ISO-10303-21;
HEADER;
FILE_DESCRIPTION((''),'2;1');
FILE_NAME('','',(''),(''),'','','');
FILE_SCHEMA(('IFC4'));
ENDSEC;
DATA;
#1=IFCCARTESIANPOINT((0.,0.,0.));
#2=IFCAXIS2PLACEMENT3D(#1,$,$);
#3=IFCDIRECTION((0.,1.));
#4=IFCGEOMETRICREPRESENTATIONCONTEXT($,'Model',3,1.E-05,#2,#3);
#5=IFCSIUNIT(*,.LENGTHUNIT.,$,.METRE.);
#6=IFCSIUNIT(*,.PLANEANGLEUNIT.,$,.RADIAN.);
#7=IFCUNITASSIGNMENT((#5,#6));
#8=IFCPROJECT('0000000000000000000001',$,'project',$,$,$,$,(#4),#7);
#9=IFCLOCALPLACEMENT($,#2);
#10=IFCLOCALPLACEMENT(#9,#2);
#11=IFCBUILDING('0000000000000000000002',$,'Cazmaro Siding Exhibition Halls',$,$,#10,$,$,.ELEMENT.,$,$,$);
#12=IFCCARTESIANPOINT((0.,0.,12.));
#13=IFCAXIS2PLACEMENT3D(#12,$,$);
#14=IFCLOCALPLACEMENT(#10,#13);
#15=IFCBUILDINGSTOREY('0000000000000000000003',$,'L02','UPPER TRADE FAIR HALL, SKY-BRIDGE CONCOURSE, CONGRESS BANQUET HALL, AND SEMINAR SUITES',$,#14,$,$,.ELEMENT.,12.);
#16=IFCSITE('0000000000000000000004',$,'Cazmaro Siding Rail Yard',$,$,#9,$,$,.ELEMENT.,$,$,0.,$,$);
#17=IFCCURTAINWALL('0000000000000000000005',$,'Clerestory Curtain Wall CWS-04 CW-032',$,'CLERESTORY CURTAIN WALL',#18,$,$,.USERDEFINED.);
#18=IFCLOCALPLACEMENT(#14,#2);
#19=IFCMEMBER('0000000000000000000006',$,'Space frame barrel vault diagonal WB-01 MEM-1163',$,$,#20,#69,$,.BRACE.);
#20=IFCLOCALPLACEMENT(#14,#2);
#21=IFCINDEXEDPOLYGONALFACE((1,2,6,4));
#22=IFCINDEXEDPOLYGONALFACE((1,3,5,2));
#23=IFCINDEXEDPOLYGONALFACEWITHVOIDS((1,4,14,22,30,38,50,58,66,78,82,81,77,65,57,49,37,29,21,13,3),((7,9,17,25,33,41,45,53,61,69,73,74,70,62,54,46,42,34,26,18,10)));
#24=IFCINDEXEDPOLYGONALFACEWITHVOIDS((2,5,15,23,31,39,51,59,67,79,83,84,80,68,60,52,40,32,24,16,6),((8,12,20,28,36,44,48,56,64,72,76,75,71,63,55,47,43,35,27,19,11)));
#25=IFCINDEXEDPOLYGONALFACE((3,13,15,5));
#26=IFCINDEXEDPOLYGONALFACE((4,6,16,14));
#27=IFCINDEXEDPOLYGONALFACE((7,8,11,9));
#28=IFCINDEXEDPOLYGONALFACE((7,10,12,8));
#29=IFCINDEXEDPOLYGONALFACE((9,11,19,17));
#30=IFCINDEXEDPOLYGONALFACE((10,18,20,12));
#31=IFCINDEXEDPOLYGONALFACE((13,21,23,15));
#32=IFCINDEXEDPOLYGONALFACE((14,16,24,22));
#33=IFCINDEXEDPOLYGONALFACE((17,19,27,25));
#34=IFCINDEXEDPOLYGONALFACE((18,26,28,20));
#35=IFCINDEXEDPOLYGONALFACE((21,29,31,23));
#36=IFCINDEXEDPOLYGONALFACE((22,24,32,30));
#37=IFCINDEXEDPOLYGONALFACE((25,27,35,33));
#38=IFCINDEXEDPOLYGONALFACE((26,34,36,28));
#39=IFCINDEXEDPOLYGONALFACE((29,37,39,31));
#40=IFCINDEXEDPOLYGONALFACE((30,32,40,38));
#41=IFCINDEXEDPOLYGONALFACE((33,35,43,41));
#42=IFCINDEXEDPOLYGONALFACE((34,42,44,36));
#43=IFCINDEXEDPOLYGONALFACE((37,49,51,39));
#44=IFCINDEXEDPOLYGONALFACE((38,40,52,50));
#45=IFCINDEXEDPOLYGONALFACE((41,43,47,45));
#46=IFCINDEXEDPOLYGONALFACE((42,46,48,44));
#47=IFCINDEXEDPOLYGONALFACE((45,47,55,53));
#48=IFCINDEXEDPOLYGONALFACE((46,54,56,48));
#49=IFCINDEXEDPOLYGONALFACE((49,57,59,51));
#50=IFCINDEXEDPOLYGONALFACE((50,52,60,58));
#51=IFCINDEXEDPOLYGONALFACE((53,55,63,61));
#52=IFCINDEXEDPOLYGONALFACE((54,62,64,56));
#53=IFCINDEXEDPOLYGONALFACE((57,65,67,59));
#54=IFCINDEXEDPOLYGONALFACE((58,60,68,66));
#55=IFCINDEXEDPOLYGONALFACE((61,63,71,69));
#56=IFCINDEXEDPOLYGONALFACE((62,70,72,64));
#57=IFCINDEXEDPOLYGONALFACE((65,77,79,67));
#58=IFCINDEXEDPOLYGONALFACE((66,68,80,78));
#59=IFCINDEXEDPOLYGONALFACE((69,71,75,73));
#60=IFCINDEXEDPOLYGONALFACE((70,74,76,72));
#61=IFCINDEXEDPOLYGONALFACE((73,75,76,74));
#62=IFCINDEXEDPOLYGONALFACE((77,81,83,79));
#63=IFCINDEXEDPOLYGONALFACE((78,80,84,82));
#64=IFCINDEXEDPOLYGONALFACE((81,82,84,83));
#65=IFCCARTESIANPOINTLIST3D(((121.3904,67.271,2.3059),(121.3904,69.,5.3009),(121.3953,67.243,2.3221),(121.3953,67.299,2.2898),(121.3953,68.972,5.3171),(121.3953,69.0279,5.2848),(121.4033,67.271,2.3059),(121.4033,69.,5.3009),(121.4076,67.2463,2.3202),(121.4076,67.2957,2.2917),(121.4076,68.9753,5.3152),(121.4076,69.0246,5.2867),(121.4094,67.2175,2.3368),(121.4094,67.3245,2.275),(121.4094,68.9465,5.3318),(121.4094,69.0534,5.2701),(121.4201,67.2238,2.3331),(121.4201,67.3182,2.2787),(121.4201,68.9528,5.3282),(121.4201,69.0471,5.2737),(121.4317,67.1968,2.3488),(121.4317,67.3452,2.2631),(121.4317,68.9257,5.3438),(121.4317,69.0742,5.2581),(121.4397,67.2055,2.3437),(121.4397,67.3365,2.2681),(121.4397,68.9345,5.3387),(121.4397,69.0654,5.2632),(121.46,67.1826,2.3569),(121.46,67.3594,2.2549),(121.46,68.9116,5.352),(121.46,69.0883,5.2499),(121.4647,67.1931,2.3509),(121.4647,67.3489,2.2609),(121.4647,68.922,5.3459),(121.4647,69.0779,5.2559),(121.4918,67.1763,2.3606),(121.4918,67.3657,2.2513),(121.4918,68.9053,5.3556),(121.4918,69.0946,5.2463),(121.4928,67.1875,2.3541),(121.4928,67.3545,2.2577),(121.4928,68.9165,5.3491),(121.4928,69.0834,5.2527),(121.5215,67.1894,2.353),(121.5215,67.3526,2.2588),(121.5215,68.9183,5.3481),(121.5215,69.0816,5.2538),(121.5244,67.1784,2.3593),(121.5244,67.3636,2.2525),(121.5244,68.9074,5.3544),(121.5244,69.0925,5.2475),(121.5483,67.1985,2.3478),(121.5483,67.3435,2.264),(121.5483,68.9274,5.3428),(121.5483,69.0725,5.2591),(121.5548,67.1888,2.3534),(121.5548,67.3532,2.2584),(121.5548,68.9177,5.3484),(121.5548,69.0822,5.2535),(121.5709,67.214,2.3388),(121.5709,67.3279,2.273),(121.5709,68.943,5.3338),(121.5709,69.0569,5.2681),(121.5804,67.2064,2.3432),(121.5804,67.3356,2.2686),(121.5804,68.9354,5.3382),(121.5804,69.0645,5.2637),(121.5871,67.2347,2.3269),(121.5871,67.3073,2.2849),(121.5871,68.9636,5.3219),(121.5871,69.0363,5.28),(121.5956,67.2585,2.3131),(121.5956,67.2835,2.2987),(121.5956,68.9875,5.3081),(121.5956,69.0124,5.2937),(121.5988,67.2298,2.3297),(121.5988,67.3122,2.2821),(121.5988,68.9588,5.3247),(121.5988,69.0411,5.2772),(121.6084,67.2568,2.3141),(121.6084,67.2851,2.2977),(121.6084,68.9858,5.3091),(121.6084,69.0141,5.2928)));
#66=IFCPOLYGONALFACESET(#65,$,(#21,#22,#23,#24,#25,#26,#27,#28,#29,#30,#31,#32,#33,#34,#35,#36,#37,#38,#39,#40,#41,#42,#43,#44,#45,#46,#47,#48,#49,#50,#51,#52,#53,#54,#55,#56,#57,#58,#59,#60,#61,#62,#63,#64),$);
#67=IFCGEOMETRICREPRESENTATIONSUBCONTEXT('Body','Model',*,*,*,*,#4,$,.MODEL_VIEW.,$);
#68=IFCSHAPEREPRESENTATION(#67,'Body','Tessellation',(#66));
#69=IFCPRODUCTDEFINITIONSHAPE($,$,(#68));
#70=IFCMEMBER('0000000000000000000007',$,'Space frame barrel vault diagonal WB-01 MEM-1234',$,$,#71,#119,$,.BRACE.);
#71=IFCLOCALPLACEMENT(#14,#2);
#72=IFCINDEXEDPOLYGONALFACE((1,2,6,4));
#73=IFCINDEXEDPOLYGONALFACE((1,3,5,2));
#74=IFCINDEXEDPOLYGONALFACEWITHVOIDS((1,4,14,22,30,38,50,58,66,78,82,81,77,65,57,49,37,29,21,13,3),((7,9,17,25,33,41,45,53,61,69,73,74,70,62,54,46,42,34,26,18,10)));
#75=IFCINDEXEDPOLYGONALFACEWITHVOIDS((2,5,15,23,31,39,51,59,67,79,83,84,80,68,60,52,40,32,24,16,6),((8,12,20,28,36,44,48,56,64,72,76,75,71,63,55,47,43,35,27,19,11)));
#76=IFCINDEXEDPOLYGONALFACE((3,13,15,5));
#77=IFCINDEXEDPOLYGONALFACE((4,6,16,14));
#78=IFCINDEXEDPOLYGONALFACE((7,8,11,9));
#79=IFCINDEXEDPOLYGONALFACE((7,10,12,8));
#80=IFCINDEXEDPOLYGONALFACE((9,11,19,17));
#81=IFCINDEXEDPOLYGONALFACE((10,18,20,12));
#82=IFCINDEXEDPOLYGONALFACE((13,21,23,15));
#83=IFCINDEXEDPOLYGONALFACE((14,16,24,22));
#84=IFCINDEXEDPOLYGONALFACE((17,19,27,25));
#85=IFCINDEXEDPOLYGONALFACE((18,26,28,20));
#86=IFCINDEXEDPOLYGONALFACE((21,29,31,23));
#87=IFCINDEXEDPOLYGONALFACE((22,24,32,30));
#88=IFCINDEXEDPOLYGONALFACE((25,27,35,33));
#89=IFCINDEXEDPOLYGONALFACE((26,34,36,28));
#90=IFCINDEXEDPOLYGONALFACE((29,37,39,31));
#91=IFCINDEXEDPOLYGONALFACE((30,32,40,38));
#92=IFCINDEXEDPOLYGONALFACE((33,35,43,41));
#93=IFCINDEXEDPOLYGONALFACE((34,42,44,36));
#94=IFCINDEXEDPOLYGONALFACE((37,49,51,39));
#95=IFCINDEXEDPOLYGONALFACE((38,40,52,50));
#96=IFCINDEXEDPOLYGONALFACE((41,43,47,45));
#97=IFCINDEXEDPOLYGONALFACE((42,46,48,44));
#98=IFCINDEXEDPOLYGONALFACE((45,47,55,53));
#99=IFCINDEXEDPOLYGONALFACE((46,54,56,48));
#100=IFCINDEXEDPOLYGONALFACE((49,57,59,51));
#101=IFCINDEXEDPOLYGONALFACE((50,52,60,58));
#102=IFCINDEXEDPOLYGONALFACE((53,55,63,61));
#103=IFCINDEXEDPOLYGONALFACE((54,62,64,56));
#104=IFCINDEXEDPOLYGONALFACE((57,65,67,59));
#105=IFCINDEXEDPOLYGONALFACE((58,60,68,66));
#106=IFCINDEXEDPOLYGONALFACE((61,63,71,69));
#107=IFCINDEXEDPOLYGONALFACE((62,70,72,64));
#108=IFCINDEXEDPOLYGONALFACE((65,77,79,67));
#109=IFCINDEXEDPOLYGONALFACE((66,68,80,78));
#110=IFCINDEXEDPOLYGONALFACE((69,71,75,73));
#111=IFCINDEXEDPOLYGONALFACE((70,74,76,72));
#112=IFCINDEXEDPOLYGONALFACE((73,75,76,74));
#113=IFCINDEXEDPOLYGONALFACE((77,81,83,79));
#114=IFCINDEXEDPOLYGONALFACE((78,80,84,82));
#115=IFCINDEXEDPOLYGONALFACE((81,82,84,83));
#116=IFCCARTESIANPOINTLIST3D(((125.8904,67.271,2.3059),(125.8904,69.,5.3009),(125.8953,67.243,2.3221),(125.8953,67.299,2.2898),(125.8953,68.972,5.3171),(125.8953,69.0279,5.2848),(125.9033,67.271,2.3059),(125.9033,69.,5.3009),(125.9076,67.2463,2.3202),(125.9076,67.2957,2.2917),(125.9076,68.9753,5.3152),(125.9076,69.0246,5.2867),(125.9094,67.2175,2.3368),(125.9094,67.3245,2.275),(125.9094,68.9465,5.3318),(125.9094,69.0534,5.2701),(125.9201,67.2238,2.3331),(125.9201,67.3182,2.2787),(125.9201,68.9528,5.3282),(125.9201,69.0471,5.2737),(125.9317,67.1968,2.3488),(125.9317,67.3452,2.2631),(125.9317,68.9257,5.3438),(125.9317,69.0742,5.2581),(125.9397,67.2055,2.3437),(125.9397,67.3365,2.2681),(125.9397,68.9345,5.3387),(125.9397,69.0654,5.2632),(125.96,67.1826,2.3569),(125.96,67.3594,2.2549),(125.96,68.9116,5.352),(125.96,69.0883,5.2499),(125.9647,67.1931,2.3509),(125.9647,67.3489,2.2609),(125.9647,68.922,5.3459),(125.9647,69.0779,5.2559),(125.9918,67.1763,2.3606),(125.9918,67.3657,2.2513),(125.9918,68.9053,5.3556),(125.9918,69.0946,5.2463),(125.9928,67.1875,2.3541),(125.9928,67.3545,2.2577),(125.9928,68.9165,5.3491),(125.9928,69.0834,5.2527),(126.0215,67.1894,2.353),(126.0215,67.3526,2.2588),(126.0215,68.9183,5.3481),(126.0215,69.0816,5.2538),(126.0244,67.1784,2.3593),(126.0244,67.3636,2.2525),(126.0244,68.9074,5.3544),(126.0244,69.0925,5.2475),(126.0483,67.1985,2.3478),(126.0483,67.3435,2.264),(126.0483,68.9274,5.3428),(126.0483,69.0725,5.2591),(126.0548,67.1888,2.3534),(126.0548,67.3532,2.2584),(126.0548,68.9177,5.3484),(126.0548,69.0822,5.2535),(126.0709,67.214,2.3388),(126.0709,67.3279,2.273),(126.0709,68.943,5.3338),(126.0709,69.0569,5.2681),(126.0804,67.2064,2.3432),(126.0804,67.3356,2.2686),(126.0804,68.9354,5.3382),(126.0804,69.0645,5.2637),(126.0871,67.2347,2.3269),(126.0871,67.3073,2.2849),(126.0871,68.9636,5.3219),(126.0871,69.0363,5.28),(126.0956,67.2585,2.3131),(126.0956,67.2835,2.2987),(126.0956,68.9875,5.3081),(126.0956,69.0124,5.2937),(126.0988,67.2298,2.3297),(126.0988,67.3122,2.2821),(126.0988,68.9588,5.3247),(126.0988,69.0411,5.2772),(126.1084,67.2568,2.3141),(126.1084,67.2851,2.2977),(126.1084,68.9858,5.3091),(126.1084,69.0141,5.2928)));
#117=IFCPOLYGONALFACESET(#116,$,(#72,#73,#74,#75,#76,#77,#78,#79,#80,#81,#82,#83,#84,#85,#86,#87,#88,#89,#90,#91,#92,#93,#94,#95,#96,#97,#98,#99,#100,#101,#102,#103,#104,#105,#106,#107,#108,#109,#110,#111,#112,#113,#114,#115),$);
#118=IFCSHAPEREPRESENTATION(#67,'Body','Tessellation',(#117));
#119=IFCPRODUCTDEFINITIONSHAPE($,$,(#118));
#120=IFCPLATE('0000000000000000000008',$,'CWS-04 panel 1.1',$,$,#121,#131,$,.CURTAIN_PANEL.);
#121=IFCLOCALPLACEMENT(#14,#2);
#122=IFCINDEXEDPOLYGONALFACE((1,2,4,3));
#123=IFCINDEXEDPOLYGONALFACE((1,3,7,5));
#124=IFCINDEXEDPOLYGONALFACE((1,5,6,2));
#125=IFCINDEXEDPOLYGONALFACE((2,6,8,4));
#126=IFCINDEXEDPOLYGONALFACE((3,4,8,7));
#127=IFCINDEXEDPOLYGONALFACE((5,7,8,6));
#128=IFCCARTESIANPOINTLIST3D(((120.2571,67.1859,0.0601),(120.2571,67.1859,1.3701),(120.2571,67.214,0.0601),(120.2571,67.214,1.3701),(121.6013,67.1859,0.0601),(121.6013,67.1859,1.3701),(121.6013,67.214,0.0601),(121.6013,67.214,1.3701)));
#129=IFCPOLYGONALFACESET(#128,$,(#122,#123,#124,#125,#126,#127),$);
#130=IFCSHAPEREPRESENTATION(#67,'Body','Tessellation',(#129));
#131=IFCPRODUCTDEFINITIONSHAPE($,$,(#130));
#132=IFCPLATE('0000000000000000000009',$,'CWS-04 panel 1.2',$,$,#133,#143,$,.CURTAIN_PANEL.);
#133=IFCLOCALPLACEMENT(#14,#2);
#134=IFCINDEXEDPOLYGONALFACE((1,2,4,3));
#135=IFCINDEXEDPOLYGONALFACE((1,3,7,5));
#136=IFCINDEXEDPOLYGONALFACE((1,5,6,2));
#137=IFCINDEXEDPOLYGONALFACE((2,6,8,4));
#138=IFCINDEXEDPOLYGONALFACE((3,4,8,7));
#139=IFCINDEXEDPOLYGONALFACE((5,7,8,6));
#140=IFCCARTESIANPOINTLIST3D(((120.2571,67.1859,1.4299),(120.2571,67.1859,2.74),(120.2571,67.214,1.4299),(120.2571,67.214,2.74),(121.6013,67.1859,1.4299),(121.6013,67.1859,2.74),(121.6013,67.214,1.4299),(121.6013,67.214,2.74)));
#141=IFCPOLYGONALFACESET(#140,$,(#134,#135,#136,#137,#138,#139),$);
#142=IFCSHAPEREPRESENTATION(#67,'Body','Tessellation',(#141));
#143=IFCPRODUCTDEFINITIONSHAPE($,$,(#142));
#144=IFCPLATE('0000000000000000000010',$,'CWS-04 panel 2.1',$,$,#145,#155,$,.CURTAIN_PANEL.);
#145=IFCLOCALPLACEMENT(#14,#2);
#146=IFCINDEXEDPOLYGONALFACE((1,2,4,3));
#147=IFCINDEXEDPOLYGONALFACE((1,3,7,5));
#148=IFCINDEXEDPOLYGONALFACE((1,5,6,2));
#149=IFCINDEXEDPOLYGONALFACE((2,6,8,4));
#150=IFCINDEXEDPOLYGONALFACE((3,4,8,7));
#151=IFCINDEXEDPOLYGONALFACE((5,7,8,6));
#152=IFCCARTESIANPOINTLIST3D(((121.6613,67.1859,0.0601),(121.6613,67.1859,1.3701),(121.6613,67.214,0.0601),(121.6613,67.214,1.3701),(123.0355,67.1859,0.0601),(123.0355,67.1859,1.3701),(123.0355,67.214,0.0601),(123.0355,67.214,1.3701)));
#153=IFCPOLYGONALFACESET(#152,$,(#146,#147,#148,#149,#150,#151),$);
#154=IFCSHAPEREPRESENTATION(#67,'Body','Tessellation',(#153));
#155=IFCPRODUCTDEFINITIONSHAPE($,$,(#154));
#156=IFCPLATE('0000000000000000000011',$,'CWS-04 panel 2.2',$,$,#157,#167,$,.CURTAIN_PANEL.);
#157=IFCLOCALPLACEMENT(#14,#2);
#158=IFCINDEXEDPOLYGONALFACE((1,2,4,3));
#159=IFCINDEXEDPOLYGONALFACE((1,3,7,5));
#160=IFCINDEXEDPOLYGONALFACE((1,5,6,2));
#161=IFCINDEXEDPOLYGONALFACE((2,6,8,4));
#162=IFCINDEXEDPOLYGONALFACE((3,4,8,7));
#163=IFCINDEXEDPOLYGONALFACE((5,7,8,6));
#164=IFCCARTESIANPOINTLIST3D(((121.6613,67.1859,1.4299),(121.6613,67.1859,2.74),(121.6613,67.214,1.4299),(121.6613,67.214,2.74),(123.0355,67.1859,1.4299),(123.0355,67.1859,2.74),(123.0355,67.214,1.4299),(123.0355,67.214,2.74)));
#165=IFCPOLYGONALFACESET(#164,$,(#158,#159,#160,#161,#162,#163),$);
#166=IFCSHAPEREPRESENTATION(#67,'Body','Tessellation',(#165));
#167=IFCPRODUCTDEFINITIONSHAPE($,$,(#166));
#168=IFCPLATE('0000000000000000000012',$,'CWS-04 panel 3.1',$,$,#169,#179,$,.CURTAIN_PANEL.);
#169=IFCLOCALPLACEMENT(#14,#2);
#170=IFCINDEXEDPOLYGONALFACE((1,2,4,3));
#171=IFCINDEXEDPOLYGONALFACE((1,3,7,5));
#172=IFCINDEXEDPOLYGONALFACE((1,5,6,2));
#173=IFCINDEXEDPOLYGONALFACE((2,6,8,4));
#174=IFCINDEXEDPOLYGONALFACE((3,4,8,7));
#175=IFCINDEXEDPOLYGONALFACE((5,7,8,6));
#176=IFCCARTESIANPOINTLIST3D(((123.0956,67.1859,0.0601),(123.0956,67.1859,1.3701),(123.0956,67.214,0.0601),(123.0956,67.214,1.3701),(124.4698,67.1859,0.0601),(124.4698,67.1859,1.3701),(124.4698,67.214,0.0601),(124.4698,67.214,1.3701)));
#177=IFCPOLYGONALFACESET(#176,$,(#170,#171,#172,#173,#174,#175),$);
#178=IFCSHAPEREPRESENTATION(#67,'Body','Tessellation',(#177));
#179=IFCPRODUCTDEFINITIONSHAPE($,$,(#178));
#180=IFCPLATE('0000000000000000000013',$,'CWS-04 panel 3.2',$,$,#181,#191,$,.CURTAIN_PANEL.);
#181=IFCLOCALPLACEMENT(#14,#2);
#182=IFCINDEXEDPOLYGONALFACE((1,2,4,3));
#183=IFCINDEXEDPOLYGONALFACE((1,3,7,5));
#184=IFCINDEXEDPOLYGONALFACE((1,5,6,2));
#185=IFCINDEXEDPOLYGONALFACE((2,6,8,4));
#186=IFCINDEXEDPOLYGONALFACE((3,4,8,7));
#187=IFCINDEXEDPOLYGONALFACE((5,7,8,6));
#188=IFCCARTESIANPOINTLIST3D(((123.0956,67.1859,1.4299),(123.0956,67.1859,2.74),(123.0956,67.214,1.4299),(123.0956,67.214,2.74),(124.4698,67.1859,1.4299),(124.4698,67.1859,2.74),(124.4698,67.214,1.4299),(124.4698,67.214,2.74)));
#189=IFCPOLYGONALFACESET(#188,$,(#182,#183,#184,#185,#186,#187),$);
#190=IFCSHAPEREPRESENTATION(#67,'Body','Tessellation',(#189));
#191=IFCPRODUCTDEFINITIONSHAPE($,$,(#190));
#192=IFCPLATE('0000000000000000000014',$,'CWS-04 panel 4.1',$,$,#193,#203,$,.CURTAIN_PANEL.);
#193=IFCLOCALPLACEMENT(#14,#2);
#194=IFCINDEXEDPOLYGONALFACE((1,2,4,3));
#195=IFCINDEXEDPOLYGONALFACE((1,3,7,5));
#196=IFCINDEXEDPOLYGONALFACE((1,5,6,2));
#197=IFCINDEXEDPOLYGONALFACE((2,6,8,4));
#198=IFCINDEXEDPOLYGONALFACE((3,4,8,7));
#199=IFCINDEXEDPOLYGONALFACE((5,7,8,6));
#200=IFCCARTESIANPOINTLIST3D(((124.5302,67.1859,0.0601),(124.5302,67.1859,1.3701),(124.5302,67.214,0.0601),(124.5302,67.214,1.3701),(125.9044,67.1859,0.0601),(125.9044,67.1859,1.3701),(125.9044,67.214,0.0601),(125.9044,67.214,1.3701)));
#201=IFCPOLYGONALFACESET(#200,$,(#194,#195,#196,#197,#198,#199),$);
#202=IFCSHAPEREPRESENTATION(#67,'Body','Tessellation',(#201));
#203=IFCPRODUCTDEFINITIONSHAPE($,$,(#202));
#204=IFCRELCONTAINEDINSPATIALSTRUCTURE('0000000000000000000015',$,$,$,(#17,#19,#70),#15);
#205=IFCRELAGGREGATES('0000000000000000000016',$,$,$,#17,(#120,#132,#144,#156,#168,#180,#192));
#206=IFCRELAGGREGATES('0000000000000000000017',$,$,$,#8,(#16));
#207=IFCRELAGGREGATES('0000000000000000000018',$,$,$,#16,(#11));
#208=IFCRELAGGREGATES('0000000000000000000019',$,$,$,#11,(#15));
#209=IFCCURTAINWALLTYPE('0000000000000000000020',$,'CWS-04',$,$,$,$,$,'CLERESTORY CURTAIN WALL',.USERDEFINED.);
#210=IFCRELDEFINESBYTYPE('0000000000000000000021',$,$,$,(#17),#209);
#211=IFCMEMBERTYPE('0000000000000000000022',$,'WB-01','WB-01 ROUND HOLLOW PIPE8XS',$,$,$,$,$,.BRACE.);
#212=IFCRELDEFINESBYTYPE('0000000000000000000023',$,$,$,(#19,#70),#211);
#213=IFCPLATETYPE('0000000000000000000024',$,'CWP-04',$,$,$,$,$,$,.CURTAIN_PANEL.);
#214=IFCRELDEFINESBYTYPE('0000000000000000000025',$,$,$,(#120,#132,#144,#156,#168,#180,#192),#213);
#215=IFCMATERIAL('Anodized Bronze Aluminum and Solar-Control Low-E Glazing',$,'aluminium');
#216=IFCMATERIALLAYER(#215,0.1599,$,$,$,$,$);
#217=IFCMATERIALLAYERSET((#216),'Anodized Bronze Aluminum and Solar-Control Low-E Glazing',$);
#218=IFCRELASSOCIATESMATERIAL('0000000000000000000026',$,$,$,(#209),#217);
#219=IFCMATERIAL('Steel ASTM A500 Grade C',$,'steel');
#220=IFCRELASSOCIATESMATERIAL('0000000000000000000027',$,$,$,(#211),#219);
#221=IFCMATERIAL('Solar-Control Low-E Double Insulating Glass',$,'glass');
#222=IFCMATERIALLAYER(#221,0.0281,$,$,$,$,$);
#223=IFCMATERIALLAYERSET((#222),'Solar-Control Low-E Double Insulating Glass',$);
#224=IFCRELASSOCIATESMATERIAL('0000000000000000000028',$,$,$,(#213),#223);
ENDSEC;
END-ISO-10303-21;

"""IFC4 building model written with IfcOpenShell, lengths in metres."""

from ifc_helpers import new_model, si_unit, direction, frame, origin, origin_2d, place, context, subcontext, project, spatial, rectangle, hollow_circle, extrude, material, layer, layer_set, material_profile, profile_set, type_object, element, aggregate, save


model = new_model("IFC4")

# Units and contexts
model_context = context("Model", 3, precision=1e-05, world=origin(), true_north=direction((0.0, 1.0)))
body_context = subcontext(model_context, "Body", "Model", "MODEL_VIEW")
ifc_project = project(units=[si_unit("LENGTHUNIT", "METRE"), si_unit("PLANEANGLEUNIT", "RADIAN")], contexts=[model_context])

# Site, building, storey
site_placement = place(None, origin())
site = spatial("IfcSite", under=ifc_project, at=site_placement, Name="Cazmaro Siding Rail Yard", CompositionType="ELEMENT", RefElevation=0.0)
building_placement = place(site_placement, origin())
building = spatial("IfcBuilding", under=site, at=building_placement, Name="Cazmaro Siding Exhibition Halls", CompositionType="ELEMENT")
storey_placement = place(building_placement, frame((0.0, 0.0, 12.0)))
storey = spatial("IfcBuildingStorey", under=building, at=storey_placement, Name="L02", Description="UPPER TRADE FAIR HALL, SKY-BRIDGE CONCOURSE, CONGRESS BANQUET HALL, AND SEMINAR SUITES", CompositionType="ELEMENT", Elevation=12.0)

# Curtain wall
ifc_material_1 = material(Name="Anodized Bronze Aluminum and Solar-Control Low-E Glazing", Category="aluminium")
ifc_layer_1 = layer(ifc_material_1, 0.1599)
ifc_layer_set_1 = layer_set([ifc_layer_1], Name="Anodized Bronze Aluminum and Solar-Control Low-E Glazing")
curtain_wall_type = type_object("IfcCurtainWallType", Name="CWS-04", ElementType="CLERESTORY CURTAIN WALL", PredefinedType="USERDEFINED", material=ifc_layer_set_1)
curtain_wall_placement = place(storey_placement, origin())
curtain_wall = element("IfcCurtainWall", 1, at=curtain_wall_placement, inside=storey, type_object=curtain_wall_type, Name="Clerestory Curtain Wall CWS-04 CW-032", ObjectType="CLERESTORY CURTAIN WALL", PredefinedType="USERDEFINED")

# Members
ifc_material_2 = material(Name="Steel ASTM A500 Grade C", Category="steel")
ifc_material_profile_1 = material_profile(ifc_material_2, hollow_circle(Radius=0.1096, WallThickness=0.0129, at=origin_2d()), Name="PIPE8XS")
ifc_profile_set_1 = profile_set([ifc_material_profile_1], Name="Steel ASTM A500 Grade C")
member_type_1 = type_object("IfcMemberType", Name="WB-01", Description="WB-01 ROUND HOLLOW PIPE8XS", PredefinedType="BRACE", material=ifc_profile_set_1)
for number, where, z_axis, x_axis, name in (
    (2, (121.5, 67.271, 2.3059), (0.0, 0.499951, 0.866054), (-1.0, 0.0, 0.0), "Space frame barrel vault diagonal WB-01 MEM-1163"),
    (3, (126.0, 67.271, 2.3059), (0.0, 0.499951, 0.866054), (-1.0, 0.0, 0.0), "Space frame barrel vault diagonal WB-01 MEM-1234"),
):
    element("IfcMember", number, at=place(storey_placement, frame(where, z_axis=z_axis, x_axis=x_axis)), inside=storey, type_object=member_type_1, Name=name, PredefinedType="BRACE", context=body_context, shape_type="SweptSolid", body=[
        extrude(hollow_circle(Radius=0.1096, WallThickness=0.0129, at=origin_2d()), origin(), (0.0, 0.0, 1.0), 3.4583),
    ])

# Plates
ifc_material_3 = material(Name="Solar-Control Low-E Double Insulating Glass", Category="glass")
ifc_layer_2 = layer(ifc_material_3, 0.0281)
ifc_layer_set_2 = layer_set([ifc_layer_2], Name="Solar-Control Low-E Double Insulating Glass")
plate_type = type_object("IfcPlateType", Name="CWP-04", PredefinedType="CURTAIN_PANEL", material=ifc_layer_set_2)
plate_1_placement = place(storey_placement, frame((120.9292, 67.2, 0.0601), z_axis=(0.0, 0.0, 1.0), x_axis=(1.0, 0.0, 0.0)))
plate_1 = element("IfcPlate", 4, at=plate_1_placement, type_object=plate_type, Name="CWS-04 panel 1.1", PredefinedType="CURTAIN_PANEL", context=body_context, shape_type="SweptSolid", body=[
    extrude(rectangle(XDim=1.3442, YDim=0.0281, at=origin_2d()), origin(), (0.0, 0.0, 1.0), 1.3101),
])
plate_2_placement = place(storey_placement, frame((120.9292, 67.2, 1.4299), z_axis=(0.0, 0.0, 1.0), x_axis=(1.0, 0.0, 0.0)))
plate_2 = element("IfcPlate", 5, at=plate_2_placement, type_object=plate_type, Name="CWS-04 panel 1.2", PredefinedType="CURTAIN_PANEL", context=body_context, shape_type="SweptSolid", body=[
    extrude(rectangle(XDim=1.3442, YDim=0.0281, at=origin_2d()), origin(), (0.0, 0.0, 1.0), 1.3101),
])
plate_3_placement = place(storey_placement, frame((122.3484, 67.2, 0.0601), z_axis=(0.0, 0.0, 1.0), x_axis=(1.0, 0.0, 0.0)))
plate_3 = element("IfcPlate", 6, at=plate_3_placement, type_object=plate_type, Name="CWS-04 panel 2.1", PredefinedType="CURTAIN_PANEL", context=body_context, shape_type="SweptSolid", body=[
    extrude(rectangle(XDim=1.3743, YDim=0.0281, at=origin_2d()), origin(), (0.0, 0.0, 1.0), 1.3101),
])
plate_4_placement = place(storey_placement, frame((122.3484, 67.2, 1.4299), z_axis=(0.0, 0.0, 1.0), x_axis=(1.0, 0.0, 0.0)))
plate_4 = element("IfcPlate", 7, at=plate_4_placement, type_object=plate_type, Name="CWS-04 panel 2.2", PredefinedType="CURTAIN_PANEL", context=body_context, shape_type="SweptSolid", body=[
    extrude(rectangle(XDim=1.3743, YDim=0.0281, at=origin_2d()), origin(), (0.0, 0.0, 1.0), 1.3101),
])
plate_5_placement = place(storey_placement, frame((123.7827, 67.2, 0.0601), z_axis=(0.0, 0.0, 1.0), x_axis=(1.0, 0.0, 0.0)))
plate_5 = element("IfcPlate", 8, at=plate_5_placement, type_object=plate_type, Name="CWS-04 panel 3.1", PredefinedType="CURTAIN_PANEL", context=body_context, shape_type="SweptSolid", body=[
    extrude(rectangle(XDim=1.3743, YDim=0.0281, at=origin_2d()), origin(), (0.0, 0.0, 1.0), 1.3101),
])
plate_6_placement = place(storey_placement, frame((123.7827, 67.2, 1.4299), z_axis=(0.0, 0.0, 1.0), x_axis=(1.0, 0.0, 0.0)))
plate_6 = element("IfcPlate", 9, at=plate_6_placement, type_object=plate_type, Name="CWS-04 panel 3.2", PredefinedType="CURTAIN_PANEL", context=body_context, shape_type="SweptSolid", body=[
    extrude(rectangle(XDim=1.3743, YDim=0.0281, at=origin_2d()), origin(), (0.0, 0.0, 1.0), 1.3101),
])
plate_7_placement = place(storey_placement, frame((125.2173, 67.2, 0.0601), z_axis=(0.0, 0.0, 1.0), x_axis=(1.0, 0.0, 0.0)))
plate_7 = element("IfcPlate", 10, at=plate_7_placement, type_object=plate_type, Name="CWS-04 panel 4.1", PredefinedType="CURTAIN_PANEL", context=body_context, shape_type="SweptSolid", body=[
    extrude(rectangle(XDim=1.3743, YDim=0.0281, at=origin_2d()), origin(), (0.0, 0.0, 1.0), 1.3101),
])
aggregate(curtain_wall, [plate_1, plate_2, plate_3, plate_4, plate_5, plate_6, plate_7])

save(model, "model.ifc")
